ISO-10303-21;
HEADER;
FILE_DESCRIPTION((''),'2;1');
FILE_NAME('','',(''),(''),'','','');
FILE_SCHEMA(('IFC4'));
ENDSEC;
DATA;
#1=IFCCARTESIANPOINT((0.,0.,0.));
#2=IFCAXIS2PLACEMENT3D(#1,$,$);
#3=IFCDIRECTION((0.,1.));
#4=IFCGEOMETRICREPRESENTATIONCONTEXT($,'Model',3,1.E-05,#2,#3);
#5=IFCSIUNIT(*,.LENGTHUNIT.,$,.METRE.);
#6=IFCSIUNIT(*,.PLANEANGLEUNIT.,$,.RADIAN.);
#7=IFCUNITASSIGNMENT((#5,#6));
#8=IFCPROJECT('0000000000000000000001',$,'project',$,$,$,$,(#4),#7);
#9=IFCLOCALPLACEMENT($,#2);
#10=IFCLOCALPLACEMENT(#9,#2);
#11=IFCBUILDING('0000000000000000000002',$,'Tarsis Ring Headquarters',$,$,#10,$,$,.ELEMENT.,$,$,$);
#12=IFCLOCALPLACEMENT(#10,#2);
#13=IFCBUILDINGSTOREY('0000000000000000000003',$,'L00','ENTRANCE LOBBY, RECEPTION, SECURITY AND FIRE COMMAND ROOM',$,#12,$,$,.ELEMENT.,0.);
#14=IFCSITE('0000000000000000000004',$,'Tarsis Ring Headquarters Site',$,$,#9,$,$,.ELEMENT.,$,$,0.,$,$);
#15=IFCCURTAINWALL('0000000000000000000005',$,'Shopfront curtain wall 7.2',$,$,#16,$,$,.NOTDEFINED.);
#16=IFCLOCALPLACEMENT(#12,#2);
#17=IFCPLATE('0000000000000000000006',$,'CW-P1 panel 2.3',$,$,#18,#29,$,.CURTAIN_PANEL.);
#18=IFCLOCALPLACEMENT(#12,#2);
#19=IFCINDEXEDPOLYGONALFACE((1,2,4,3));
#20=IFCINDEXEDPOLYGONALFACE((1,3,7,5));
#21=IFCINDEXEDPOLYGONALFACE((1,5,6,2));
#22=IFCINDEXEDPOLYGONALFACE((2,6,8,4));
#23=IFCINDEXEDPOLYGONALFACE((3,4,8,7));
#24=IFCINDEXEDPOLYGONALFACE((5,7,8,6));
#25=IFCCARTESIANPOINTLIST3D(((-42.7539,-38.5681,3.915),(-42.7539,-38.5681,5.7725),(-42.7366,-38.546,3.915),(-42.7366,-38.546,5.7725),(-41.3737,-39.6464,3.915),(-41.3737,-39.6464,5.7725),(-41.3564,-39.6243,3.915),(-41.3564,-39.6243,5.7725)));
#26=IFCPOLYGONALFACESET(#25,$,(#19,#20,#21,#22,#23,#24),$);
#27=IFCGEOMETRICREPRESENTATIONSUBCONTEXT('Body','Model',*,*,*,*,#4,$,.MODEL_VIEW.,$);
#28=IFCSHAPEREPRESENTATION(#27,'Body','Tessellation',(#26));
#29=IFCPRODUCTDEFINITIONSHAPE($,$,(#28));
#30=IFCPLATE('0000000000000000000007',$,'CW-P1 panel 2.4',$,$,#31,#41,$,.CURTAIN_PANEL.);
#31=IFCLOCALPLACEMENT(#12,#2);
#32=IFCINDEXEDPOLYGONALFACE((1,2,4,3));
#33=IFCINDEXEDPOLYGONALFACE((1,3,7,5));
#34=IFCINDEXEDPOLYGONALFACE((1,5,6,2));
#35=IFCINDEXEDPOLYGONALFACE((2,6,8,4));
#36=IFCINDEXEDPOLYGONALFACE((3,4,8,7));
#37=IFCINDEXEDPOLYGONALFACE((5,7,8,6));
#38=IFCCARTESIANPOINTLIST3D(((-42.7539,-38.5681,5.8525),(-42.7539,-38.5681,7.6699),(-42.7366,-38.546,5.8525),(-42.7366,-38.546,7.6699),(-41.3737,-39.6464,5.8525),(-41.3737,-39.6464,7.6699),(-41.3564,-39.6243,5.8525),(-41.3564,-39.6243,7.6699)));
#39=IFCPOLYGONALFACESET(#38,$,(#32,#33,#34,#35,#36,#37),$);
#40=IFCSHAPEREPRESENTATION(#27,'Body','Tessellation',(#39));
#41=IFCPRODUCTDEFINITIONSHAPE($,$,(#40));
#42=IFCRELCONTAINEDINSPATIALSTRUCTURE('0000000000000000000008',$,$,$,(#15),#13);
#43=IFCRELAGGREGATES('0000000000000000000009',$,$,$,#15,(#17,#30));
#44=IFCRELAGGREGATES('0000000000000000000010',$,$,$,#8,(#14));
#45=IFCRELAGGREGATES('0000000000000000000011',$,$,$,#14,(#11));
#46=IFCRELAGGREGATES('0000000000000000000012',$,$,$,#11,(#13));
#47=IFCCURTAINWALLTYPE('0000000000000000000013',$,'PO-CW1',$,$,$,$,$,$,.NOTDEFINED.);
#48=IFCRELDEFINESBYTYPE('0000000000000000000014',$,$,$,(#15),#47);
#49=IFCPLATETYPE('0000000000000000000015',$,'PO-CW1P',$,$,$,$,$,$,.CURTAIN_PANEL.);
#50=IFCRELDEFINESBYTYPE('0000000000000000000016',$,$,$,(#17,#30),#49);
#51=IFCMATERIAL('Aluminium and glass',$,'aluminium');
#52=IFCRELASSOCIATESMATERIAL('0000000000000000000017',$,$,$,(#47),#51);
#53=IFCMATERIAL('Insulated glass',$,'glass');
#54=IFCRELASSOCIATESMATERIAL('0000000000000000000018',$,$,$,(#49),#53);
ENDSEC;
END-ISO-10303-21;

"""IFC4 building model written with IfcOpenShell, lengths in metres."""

from ifc_helpers import new_model, si_unit, direction, frame, origin, origin_2d, place, context, subcontext, project, spatial, rectangle, extrude, material, type_object, element, aggregate, save


model = new_model("IFC4")

# Units and contexts
model_context = context("Model", 3, precision=1e-05, world=origin(), true_north=direction((0.0, 1.0)))
body_context = subcontext(model_context, "Body", "Model", "MODEL_VIEW")
ifc_project = project(units=[si_unit("LENGTHUNIT", "METRE"), si_unit("PLANEANGLEUNIT", "RADIAN")], contexts=[model_context])

# Site, building, storey
site_placement = place(None, origin())
site = spatial("IfcSite", under=ifc_project, at=site_placement, Name="Tarsis Ring Headquarters Site", CompositionType="ELEMENT", RefElevation=0.0)
building_placement = place(site_placement, origin())
building = spatial("IfcBuilding", under=site, at=building_placement, Name="Tarsis Ring Headquarters", CompositionType="ELEMENT")
storey_placement = place(building_placement, origin())
storey = spatial("IfcBuildingStorey", under=building, at=storey_placement, Name="L00", Description="ENTRANCE LOBBY, RECEPTION, SECURITY AND FIRE COMMAND ROOM", CompositionType="ELEMENT", Elevation=0.0)

# Curtain wall
ifc_material_1 = material(Name="Aluminium and glass", Category="aluminium")
curtain_wall_type = type_object("IfcCurtainWallType", Name="PO-CW1", PredefinedType="NOTDEFINED", material=ifc_material_1)
curtain_wall_1_placement = place(storey_placement, origin())
curtain_wall_1 = element("IfcCurtainWall", 1, at=curtain_wall_1_placement, inside=storey, type_object=curtain_wall_type, Name="Shopfront curtain wall 7.2", PredefinedType="NOTDEFINED")

# Shared definitions
ifc_material_2 = material(Name="Insulated glass", Category="glass")
plate_type = type_object("IfcPlateType", Name="PO-CW1P", PredefinedType="CURTAIN_PANEL", material=ifc_material_2)

# Plates
plate_1_placement = place(storey_placement, frame((-42.0552, -39.0962, 3.915), z_axis=(0.0, 0.0, 1.0), x_axis=(0.788011, -0.615661, 0.0)))
plate_1 = element("IfcPlate", 2, at=plate_1_placement, type_object=plate_type, Name="CW-P1 panel 2.3", PredefinedType="CURTAIN_PANEL", context=body_context, shape_type="SweptSolid", body=[
    extrude(rectangle(XDim=1.7515, YDim=0.0281, at=origin_2d()), origin(), (0.0, 0.0, 1.0), 1.8574),
])
plate_2_placement = place(storey_placement, frame((-42.0552, -39.0962, 5.8525), z_axis=(0.0, 0.0, 1.0), x_axis=(0.788011, -0.615661, 0.0)))
plate_2 = element("IfcPlate", 3, at=plate_2_placement, type_object=plate_type, Name="CW-P1 panel 2.4", PredefinedType="CURTAIN_PANEL", context=body_context, shape_type="SweptSolid", body=[
    extrude(rectangle(XDim=1.7515, YDim=0.0281, at=origin_2d()), origin(), (0.0, 0.0, 1.0), 1.8174),
])
aggregate(curtain_wall_1, [plate_1, plate_2])

save(model, "model.ifc")
